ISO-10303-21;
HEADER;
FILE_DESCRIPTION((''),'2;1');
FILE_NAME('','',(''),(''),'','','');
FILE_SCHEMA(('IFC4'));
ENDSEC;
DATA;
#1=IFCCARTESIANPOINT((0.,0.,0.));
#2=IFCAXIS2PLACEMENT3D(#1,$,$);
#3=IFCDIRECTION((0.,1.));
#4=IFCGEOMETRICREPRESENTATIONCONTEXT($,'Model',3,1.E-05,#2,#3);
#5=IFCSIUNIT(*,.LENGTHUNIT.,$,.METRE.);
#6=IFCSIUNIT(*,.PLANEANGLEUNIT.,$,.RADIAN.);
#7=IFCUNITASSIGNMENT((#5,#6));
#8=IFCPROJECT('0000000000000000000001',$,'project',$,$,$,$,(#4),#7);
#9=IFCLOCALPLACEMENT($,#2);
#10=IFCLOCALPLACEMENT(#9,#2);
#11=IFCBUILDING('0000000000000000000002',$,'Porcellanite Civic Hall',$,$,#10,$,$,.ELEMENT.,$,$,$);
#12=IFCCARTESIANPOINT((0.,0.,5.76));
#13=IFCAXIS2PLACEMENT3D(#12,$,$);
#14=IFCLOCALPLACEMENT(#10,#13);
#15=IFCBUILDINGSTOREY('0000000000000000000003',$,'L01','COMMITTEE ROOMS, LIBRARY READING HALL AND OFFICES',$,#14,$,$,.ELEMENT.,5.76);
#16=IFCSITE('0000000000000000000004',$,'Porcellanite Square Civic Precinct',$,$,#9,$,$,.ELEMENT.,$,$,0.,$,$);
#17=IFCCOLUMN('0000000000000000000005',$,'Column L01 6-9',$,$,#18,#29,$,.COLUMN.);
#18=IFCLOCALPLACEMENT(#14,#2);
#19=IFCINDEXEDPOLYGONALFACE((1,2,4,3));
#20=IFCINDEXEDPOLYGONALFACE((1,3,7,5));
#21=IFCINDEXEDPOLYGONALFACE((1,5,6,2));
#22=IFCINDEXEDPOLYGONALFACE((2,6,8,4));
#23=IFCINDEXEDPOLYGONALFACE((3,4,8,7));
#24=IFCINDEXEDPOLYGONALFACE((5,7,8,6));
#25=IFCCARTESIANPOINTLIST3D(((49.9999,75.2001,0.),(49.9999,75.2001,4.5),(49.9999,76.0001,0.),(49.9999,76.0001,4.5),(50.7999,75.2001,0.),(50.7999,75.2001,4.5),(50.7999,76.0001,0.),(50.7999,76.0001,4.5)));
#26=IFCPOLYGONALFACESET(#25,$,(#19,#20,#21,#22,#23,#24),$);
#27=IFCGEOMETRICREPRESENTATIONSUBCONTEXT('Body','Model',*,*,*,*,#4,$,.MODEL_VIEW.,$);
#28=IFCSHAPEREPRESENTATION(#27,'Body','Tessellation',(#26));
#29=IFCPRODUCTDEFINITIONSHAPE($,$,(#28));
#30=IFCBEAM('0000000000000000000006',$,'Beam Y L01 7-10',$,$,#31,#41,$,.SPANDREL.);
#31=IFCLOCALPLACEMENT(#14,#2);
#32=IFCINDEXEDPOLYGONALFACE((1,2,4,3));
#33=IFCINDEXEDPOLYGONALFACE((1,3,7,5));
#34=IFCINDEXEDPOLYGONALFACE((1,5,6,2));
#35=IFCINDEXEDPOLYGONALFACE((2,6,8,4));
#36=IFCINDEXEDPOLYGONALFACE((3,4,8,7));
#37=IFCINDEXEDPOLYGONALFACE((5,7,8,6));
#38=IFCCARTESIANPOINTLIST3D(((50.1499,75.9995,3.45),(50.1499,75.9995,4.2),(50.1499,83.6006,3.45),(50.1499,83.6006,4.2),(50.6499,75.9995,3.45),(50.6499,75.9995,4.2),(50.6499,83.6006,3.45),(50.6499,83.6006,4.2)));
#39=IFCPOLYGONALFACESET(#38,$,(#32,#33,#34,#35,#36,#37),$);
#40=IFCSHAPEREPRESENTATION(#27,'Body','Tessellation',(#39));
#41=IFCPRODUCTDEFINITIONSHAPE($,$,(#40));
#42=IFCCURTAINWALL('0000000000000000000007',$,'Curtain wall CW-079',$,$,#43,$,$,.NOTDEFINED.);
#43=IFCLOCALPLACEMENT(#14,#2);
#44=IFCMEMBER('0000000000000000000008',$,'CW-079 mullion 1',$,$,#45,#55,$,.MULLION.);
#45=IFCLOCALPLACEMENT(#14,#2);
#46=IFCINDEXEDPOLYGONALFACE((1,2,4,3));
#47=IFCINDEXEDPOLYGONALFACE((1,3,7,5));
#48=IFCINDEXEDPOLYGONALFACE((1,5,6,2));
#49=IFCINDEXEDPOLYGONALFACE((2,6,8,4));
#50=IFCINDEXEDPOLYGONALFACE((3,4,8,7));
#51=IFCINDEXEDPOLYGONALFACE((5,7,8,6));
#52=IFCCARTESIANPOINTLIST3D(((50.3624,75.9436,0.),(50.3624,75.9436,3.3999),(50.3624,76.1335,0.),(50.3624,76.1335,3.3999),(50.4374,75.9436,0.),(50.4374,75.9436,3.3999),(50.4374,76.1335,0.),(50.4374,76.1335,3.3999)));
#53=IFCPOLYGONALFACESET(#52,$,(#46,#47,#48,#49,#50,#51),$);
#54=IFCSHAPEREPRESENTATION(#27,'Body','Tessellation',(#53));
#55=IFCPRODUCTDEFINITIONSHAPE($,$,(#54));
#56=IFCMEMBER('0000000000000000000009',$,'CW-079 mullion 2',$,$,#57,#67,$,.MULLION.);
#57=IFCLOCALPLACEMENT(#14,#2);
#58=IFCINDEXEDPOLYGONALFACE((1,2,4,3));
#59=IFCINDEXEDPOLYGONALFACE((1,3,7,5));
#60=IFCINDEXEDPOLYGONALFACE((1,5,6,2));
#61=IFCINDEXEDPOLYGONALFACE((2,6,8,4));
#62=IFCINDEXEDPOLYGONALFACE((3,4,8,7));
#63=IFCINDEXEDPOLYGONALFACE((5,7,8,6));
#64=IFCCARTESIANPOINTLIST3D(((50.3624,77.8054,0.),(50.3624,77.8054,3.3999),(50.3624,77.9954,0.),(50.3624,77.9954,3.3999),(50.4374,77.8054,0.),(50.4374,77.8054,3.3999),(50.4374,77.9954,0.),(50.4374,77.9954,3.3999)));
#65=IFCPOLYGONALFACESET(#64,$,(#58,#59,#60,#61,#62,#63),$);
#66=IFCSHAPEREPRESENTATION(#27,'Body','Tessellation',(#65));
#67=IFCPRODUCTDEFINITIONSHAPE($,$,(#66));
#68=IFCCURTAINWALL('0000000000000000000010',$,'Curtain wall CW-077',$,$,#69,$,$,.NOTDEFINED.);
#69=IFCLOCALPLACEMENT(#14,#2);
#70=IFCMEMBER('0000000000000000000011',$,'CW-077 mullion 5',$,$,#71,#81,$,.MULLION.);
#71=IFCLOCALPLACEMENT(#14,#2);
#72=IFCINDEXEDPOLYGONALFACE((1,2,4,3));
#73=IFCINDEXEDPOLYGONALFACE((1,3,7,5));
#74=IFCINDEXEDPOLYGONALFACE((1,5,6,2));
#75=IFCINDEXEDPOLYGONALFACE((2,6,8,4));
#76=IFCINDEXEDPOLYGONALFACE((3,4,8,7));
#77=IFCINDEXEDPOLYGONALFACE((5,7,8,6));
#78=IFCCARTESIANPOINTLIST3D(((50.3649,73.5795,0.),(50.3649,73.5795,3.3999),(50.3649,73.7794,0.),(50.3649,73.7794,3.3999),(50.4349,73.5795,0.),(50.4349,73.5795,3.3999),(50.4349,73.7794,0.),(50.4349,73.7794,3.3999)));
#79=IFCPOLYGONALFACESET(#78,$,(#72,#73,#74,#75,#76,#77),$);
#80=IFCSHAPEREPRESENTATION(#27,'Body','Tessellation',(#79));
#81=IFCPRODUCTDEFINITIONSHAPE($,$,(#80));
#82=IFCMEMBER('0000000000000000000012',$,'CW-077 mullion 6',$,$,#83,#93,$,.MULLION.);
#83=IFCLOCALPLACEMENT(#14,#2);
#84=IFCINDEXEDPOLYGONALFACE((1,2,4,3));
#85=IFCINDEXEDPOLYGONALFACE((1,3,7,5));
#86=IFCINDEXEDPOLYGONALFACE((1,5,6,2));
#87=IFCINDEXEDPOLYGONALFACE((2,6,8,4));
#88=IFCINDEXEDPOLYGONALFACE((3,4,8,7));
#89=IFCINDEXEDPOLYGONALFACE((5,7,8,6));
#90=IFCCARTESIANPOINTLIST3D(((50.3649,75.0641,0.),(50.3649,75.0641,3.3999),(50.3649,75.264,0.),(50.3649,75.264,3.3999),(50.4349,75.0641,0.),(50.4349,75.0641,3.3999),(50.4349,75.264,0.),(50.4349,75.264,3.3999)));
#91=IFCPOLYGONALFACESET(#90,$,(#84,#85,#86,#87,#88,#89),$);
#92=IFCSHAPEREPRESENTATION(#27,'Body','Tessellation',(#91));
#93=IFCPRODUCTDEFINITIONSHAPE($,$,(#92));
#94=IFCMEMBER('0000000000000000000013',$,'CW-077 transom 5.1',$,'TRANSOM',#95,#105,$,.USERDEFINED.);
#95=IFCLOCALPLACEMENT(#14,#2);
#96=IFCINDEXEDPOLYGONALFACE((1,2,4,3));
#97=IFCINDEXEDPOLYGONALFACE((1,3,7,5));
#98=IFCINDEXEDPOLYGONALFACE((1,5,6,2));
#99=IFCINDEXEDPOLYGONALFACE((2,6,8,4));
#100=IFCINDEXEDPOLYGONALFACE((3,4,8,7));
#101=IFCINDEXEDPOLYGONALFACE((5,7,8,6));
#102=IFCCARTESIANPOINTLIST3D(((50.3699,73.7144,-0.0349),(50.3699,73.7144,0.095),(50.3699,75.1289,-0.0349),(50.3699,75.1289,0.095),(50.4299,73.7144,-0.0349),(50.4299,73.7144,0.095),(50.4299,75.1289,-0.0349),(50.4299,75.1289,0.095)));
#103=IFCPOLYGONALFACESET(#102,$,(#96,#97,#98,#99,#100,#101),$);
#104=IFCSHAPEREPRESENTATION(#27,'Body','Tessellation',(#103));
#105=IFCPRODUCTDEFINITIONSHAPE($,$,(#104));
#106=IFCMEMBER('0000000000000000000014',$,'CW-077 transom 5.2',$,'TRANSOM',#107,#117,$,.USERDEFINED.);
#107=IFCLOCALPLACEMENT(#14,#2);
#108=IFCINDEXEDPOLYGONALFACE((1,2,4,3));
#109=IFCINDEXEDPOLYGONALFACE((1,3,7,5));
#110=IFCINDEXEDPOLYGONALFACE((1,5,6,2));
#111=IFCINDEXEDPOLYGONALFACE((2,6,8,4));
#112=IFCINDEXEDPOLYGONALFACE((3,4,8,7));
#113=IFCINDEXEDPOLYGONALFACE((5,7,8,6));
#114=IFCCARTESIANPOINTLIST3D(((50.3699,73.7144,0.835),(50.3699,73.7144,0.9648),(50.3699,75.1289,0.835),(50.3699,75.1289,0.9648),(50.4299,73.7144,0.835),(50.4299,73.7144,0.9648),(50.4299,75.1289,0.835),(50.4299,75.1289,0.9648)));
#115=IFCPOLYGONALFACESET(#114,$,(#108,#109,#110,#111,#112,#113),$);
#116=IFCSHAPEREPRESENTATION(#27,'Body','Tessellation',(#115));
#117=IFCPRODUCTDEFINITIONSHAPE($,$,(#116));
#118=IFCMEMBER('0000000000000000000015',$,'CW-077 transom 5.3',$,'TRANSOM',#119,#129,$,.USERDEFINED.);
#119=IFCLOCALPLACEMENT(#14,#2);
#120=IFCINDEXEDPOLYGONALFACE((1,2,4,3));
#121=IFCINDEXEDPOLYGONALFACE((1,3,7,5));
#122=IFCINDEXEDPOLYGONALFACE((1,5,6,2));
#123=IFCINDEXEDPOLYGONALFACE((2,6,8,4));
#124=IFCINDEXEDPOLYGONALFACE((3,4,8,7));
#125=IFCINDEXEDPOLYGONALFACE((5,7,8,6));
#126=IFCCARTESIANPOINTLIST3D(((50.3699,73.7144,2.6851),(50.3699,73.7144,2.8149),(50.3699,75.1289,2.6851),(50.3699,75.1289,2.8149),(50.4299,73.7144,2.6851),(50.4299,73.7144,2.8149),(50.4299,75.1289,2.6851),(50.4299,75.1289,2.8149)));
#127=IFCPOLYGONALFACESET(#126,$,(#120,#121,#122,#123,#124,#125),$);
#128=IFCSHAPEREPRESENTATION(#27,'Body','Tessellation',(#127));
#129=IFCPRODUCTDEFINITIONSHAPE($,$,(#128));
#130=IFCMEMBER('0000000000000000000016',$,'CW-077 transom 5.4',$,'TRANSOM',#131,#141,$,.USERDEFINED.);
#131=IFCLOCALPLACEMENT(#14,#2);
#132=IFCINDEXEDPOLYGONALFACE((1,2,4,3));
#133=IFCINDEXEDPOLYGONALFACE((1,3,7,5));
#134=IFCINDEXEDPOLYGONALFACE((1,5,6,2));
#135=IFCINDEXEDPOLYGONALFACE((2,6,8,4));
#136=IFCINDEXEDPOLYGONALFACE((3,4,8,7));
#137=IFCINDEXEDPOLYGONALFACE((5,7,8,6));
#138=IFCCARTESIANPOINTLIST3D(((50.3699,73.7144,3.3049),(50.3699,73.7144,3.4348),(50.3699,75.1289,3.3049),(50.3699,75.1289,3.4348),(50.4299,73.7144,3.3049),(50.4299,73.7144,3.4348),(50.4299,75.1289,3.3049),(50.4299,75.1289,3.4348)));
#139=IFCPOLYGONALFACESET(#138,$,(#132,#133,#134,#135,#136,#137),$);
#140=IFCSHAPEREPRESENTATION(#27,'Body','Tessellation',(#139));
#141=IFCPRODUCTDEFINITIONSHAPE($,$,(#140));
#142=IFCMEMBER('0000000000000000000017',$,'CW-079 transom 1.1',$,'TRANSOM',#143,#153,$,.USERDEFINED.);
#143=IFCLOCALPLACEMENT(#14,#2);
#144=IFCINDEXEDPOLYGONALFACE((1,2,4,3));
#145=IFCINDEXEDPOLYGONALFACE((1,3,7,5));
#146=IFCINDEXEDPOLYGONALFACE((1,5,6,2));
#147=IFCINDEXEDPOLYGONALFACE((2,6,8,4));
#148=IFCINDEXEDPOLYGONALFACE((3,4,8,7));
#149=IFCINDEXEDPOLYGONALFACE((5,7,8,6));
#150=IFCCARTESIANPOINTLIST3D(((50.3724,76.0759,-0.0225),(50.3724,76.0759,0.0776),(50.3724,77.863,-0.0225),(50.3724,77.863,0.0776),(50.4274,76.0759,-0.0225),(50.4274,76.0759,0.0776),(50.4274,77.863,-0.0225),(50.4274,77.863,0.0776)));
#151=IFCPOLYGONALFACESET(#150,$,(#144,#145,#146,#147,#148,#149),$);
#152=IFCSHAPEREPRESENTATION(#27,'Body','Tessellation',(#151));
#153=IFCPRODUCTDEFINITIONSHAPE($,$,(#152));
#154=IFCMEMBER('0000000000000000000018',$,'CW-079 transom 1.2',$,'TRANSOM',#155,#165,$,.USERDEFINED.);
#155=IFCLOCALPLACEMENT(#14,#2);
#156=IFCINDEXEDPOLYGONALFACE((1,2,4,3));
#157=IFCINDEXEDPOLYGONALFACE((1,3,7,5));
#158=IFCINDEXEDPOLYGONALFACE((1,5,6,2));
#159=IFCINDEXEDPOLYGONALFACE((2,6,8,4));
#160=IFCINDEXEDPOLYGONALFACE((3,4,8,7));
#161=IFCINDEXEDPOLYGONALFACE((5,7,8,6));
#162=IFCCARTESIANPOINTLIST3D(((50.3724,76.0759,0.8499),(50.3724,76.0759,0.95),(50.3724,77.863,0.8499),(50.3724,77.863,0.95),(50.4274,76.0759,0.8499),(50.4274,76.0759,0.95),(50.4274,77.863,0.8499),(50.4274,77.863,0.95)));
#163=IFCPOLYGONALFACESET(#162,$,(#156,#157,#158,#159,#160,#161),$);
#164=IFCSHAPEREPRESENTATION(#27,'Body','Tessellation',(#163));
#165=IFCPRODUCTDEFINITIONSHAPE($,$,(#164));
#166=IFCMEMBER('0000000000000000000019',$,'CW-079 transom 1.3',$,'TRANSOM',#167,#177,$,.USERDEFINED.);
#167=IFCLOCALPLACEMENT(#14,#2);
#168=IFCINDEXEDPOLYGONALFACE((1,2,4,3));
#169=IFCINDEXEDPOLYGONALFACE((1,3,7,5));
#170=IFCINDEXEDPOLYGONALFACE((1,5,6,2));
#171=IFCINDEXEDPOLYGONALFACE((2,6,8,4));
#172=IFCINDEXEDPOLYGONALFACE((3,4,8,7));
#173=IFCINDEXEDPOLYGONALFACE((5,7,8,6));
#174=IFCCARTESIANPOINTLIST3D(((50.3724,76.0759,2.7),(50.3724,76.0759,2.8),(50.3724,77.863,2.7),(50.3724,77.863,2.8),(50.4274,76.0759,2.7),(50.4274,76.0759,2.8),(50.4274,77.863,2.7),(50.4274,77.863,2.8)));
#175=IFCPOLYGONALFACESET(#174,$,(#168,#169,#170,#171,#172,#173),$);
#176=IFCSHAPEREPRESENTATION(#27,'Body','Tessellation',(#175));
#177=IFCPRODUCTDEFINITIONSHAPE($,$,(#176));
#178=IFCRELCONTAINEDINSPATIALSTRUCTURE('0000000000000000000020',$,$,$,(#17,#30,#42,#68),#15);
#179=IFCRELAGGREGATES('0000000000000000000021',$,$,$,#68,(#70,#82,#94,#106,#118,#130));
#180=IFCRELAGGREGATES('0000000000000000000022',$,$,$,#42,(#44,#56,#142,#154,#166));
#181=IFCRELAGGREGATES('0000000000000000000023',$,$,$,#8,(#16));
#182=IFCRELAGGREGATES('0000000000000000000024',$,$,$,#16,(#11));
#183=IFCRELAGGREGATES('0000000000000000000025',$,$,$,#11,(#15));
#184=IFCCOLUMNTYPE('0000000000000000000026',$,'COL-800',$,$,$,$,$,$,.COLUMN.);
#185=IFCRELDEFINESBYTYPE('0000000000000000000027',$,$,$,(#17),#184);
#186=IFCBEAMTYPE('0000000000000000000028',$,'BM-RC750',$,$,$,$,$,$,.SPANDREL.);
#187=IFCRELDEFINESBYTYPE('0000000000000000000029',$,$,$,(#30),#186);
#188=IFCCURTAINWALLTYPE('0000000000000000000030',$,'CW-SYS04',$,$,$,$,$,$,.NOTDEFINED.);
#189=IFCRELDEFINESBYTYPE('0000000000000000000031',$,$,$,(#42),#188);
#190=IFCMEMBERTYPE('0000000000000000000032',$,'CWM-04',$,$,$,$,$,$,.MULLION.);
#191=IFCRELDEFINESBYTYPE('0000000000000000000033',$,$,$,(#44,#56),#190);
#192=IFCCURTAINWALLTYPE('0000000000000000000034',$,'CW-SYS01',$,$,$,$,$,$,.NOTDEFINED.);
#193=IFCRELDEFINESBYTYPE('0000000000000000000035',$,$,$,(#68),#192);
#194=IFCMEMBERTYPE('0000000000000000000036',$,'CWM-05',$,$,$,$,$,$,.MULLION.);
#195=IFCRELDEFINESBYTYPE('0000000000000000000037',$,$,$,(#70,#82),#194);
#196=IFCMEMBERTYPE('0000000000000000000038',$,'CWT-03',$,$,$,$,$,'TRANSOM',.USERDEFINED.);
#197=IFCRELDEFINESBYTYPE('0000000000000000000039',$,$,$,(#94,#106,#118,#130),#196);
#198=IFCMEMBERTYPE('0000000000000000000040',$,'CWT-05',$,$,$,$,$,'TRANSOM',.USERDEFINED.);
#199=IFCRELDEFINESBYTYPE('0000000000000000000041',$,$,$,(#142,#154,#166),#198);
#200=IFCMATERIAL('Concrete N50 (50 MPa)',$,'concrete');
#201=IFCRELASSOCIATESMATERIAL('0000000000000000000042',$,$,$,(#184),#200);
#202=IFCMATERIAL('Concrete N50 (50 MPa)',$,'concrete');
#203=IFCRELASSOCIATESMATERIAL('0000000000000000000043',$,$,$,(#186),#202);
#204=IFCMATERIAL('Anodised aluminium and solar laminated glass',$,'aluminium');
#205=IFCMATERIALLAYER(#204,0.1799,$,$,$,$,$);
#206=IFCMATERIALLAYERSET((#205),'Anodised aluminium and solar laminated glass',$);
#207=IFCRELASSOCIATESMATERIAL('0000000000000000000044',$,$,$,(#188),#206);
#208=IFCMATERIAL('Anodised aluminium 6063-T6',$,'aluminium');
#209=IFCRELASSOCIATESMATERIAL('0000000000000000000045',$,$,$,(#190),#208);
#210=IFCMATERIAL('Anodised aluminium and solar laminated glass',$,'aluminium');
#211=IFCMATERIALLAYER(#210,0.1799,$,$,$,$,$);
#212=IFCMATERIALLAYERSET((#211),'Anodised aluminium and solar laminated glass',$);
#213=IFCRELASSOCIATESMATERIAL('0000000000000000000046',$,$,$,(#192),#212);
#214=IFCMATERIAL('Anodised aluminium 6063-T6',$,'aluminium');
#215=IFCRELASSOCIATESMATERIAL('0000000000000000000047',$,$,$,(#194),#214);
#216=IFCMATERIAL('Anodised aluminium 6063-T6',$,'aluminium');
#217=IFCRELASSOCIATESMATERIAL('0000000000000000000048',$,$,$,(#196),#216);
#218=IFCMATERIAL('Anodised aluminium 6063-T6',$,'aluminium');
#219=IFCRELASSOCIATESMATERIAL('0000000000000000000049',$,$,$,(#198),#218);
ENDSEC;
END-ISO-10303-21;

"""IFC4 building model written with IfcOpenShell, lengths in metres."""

from ifc_helpers import new_model, si_unit, direction, frame, origin, origin_2d, place, context, subcontext, project, spatial, rectangle, extrude, material, layer, layer_set, material_profile, profile_set, type_object, element, aggregate, save


model = new_model("IFC4")

# Units and contexts
model_context = context("Model", 3, precision=1e-05, world=origin(), true_north=direction((0.0, 1.0)))
body_context = subcontext(model_context, "Body", "Model", "MODEL_VIEW")
ifc_project = project(units=[si_unit("LENGTHUNIT", "METRE"), si_unit("PLANEANGLEUNIT", "RADIAN")], contexts=[model_context])

# Site, building, storey
site_placement = place(None, origin())
site = spatial("IfcSite", under=ifc_project, at=site_placement, Name="Porcellanite Square Civic Precinct", CompositionType="ELEMENT", RefElevation=0.0)
building_placement = place(site_placement, origin())
building = spatial("IfcBuilding", under=site, at=building_placement, Name="Porcellanite Civic Hall", CompositionType="ELEMENT")
storey_placement = place(building_placement, frame((0.0, 0.0, 5.76)))
storey = spatial("IfcBuildingStorey", under=building, at=storey_placement, Name="L01", Description="COMMITTEE ROOMS, LIBRARY READING HALL AND OFFICES", CompositionType="ELEMENT", Elevation=5.76)

# Column
ifc_material_1 = material(Name="Concrete N50 (50 MPa)", Category="concrete")
ifc_material_profile_1 = material_profile(ifc_material_1, rectangle(XDim=0.8, YDim=0.8, at=origin_2d()), Name="RC-800x800")
ifc_profile_set_1 = profile_set([ifc_material_profile_1], Name="Concrete N50 (50 MPa)")
column_type = type_object("IfcColumnType", Name="COL-800", PredefinedType="COLUMN", material=ifc_profile_set_1)
column_placement = place(storey_placement, frame((50.3999, 75.6001, 0.0), z_axis=(0.0, 0.0, 1.0), x_axis=(1.0, 0.0, 0.0)))
element("IfcColumn", 1, at=column_placement, inside=storey, type_object=column_type, Name="Column L01 6-9", PredefinedType="COLUMN", context=body_context, shape_type="SweptSolid", body=[
    extrude(rectangle(XDim=0.8, YDim=0.8, at=origin_2d()), origin(), (0.0, 0.0, 1.0), 4.5),
])

# Beam
ifc_material_2 = material(Name="Concrete N50 (50 MPa)", Category="concrete")
ifc_material_profile_2 = material_profile(ifc_material_2, rectangle(XDim=0.5, YDim=0.75, at=origin_2d()), Name="RC-500x750")
ifc_profile_set_2 = profile_set([ifc_material_profile_2], Name="Concrete N50 (50 MPa)")
beam_type = type_object("IfcBeamType", Name="BM-RC750", PredefinedType="SPANDREL", material=ifc_profile_set_2)
beam_placement = place(storey_placement, frame((50.3999, 75.9995, 3.825), z_axis=(0.0, 1.0, 0.0), x_axis=(-1.0, 0.0, 0.0)))
element("IfcBeam", 2, at=beam_placement, inside=storey, type_object=beam_type, Name="Beam Y L01 7-10", PredefinedType="SPANDREL", context=body_context, shape_type="SweptSolid", body=[
    extrude(rectangle(XDim=0.5, YDim=0.75, at=origin_2d()), origin(), (0.0, 0.0, 1.0), 7.6011),
])

# Curtain walls, members
ifc_material_3 = material(Name="Anodised aluminium and solar laminated glass", Category="aluminium")
ifc_layer_1 = layer(ifc_material_3, 0.1799)
ifc_layer_set_1 = layer_set([ifc_layer_1], Name="Anodised aluminium and solar laminated glass")
curtain_wall_type_1 = type_object("IfcCurtainWallType", Name="CW-SYS04", PredefinedType="NOTDEFINED", material=ifc_layer_set_1)
curtain_wall_1_placement = place(storey_placement, origin())
curtain_wall_1 = element("IfcCurtainWall", 3, at=curtain_wall_1_placement, inside=storey, type_object=curtain_wall_type_1, Name="Curtain wall CW-079", PredefinedType="NOTDEFINED")
ifc_material_4 = material(Name="Anodised aluminium 6063-T6", Category="aluminium")
ifc_material_profile_3 = material_profile(ifc_material_4, rectangle(XDim=0.075, YDim=0.1899, at=origin_2d()), Name="AL-75x190")
ifc_profile_set_3 = profile_set([ifc_material_profile_3], Name="Anodised aluminium 6063-T6")
member_type_1 = type_object("IfcMemberType", Name="CWM-04", PredefinedType="MULLION", material=ifc_profile_set_3)
member_1_placement = place(storey_placement, frame((50.3999, 76.0386, 0.0), z_axis=(0.0, 0.0, 1.0), x_axis=(-1.0, 0.0, 0.0)))
member_1 = element("IfcMember", 4, at=member_1_placement, type_object=member_type_1, Name="CW-079 mullion 1", PredefinedType="MULLION", context=body_context, shape_type="SweptSolid", body=[
    extrude(rectangle(XDim=0.075, YDim=0.1899, at=origin_2d()), origin(), (0.0, 0.0, 1.0), 3.3999),
])
member_2_placement = place(storey_placement, frame((50.3999, 77.9004, 0.0), z_axis=(0.0, 0.0, 1.0), x_axis=(-1.0, 0.0, 0.0)))
member_2 = element("IfcMember", 5, at=member_2_placement, type_object=member_type_1, Name="CW-079 mullion 2", PredefinedType="MULLION", context=body_context, shape_type="SweptSolid", body=[
    extrude(rectangle(XDim=0.075, YDim=0.1899, at=origin_2d()), origin(), (0.0, 0.0, 1.0), 3.3999),
])
ifc_material_5 = material(Name="Anodised aluminium and solar laminated glass", Category="aluminium")
ifc_layer_2 = layer(ifc_material_5, 0.1799)
ifc_layer_set_2 = layer_set([ifc_layer_2], Name="Anodised aluminium and solar laminated glass")
curtain_wall_type_2 = type_object("IfcCurtainWallType", Name="CW-SYS01", PredefinedType="NOTDEFINED", material=ifc_layer_set_2)
curtain_wall_2_placement = place(storey_placement, origin())
curtain_wall_2 = element("IfcCurtainWall", 6, at=curtain_wall_2_placement, inside=storey, type_object=curtain_wall_type_2, Name="Curtain wall CW-077", PredefinedType="NOTDEFINED")
ifc_material_6 = material(Name="Anodised aluminium 6063-T6", Category="aluminium")
ifc_material_profile_4 = material_profile(ifc_material_6, rectangle(XDim=0.0701, YDim=0.2, at=origin_2d()), Name="AL-70x200")
ifc_profile_set_4 = profile_set([ifc_material_profile_4], Name="Anodised aluminium 6063-T6")
member_type_2 = type_object("IfcMemberType", Name="CWM-05", PredefinedType="MULLION", material=ifc_profile_set_4)
member_3_placement = place(storey_placement, frame((50.3999, 73.6794, 0.0), z_axis=(0.0, 0.0, 1.0), x_axis=(-1.0, 0.0, 0.0)))
member_3 = element("IfcMember", 7, at=member_3_placement, type_object=member_type_2, Name="CW-077 mullion 5", PredefinedType="MULLION", context=body_context, shape_type="SweptSolid", body=[
    extrude(rectangle(XDim=0.0701, YDim=0.2, at=origin_2d()), origin(), (0.0, 0.0, 1.0), 3.3999),
])
member_4_placement = place(storey_placement, frame((50.3999, 75.1641, 0.0), z_axis=(0.0, 0.0, 1.0), x_axis=(-1.0, 0.0, 0.0)))
member_4 = element("IfcMember", 8, at=member_4_placement, type_object=member_type_2, Name="CW-077 mullion 6", PredefinedType="MULLION", context=body_context, shape_type="SweptSolid", body=[
    extrude(rectangle(XDim=0.0701, YDim=0.2, at=origin_2d()), origin(), (0.0, 0.0, 1.0), 3.3999),
])
ifc_material_7 = material(Name="Anodised aluminium 6063-T6", Category="aluminium")
ifc_material_profile_5 = material_profile(ifc_material_7, rectangle(XDim=0.0601, YDim=0.1299, at=origin_2d()), Name="AL-60x130")
ifc_profile_set_5 = profile_set([ifc_material_profile_5], Name="Anodised aluminium 6063-T6")
member_type_3 = type_object("IfcMemberType", Name="CWT-03", ElementType="TRANSOM", PredefinedType="USERDEFINED", material=ifc_profile_set_5)
member_5_placement = place(storey_placement, frame((50.3999, 73.7144, 0.03), z_axis=(0.0, 1.0, 0.0), x_axis=(-1.0, 0.0, 0.0)))
member_5 = element("IfcMember", 9, at=member_5_placement, type_object=member_type_3, Name="CW-077 transom 5.1", ObjectType="TRANSOM", PredefinedType="USERDEFINED", context=body_context, shape_type="SweptSolid", body=[
    extrude(rectangle(XDim=0.0601, YDim=0.1299, at=origin_2d()), origin(), (0.0, 0.0, 1.0), 1.4146),
])
member_6_placement = place(storey_placement, frame((50.3999, 73.7144, 0.8999), z_axis=(0.0, 1.0, 0.0), x_axis=(-1.0, 0.0, 0.0)))
member_6 = element("IfcMember", 10, at=member_6_placement, type_object=member_type_3, Name="CW-077 transom 5.2", ObjectType="TRANSOM", PredefinedType="USERDEFINED", context=body_context, shape_type="SweptSolid", body=[
    extrude(rectangle(XDim=0.0601, YDim=0.1299, at=origin_2d()), origin(), (0.0, 0.0, 1.0), 1.4146),
])
member_7_placement = place(storey_placement, frame((50.3999, 73.7144, 2.75), z_axis=(0.0, 1.0, 0.0), x_axis=(-1.0, 0.0, 0.0)))
member_7 = element("IfcMember", 11, at=member_7_placement, type_object=member_type_3, Name="CW-077 transom 5.3", ObjectType="TRANSOM", PredefinedType="USERDEFINED", context=body_context, shape_type="SweptSolid", body=[
    extrude(rectangle(XDim=0.0601, YDim=0.1299, at=origin_2d()), origin(), (0.0, 0.0, 1.0), 1.4146),
])
member_8_placement = place(storey_placement, frame((50.3999, 73.7144, 3.3699), z_axis=(0.0, 1.0, 0.0), x_axis=(-1.0, 0.0, 0.0)))
member_8 = element("IfcMember", 12, at=member_8_placement, type_object=member_type_3, Name="CW-077 transom 5.4", ObjectType="TRANSOM", PredefinedType="USERDEFINED", context=body_context, shape_type="SweptSolid", body=[
    extrude(rectangle(XDim=0.0601, YDim=0.1299, at=origin_2d()), origin(), (0.0, 0.0, 1.0), 1.4146),
])

# Members
ifc_material_8 = material(Name="Anodised aluminium 6063-T6", Category="aluminium")
ifc_material_profile_6 = material_profile(ifc_material_8, rectangle(XDim=0.0549, YDim=0.1001, at=origin_2d()), Name="AL-55x100")
ifc_profile_set_6 = profile_set([ifc_material_profile_6], Name="Anodised aluminium 6063-T6")
member_type_4 = type_object("IfcMemberType", Name="CWT-05", ElementType="TRANSOM", PredefinedType="USERDEFINED", material=ifc_profile_set_6)
member_9_placement = place(storey_placement, frame((50.3999, 76.0759, 0.0276), z_axis=(0.0, 1.0, 0.0), x_axis=(-1.0, 0.0, 0.0)))
member_9 = element("IfcMember", 13, at=member_9_placement, type_object=member_type_4, Name="CW-079 transom 1.1", ObjectType="TRANSOM", PredefinedType="USERDEFINED", context=body_context, shape_type="SweptSolid", body=[
    extrude(rectangle(XDim=0.0549, YDim=0.1001, at=origin_2d()), origin(), (0.0, 0.0, 1.0), 1.7871),
])
member_10_placement = place(storey_placement, frame((50.3999, 76.0759, 0.8999), z_axis=(0.0, 1.0, 0.0), x_axis=(-1.0, 0.0, 0.0)))
member_10 = element("IfcMember", 14, at=member_10_placement, type_object=member_type_4, Name="CW-079 transom 1.2", ObjectType="TRANSOM", PredefinedType="USERDEFINED", context=body_context, shape_type="SweptSolid", body=[
    extrude(rectangle(XDim=0.0549, YDim=0.1001, at=origin_2d()), origin(), (0.0, 0.0, 1.0), 1.7871),
])
member_11_placement = place(storey_placement, frame((50.3999, 76.0759, 2.75), z_axis=(0.0, 1.0, 0.0), x_axis=(-1.0, 0.0, 0.0)))
member_11 = element("IfcMember", 15, at=member_11_placement, type_object=member_type_4, Name="CW-079 transom 1.3", ObjectType="TRANSOM", PredefinedType="USERDEFINED", context=body_context, shape_type="SweptSolid", body=[
    extrude(rectangle(XDim=0.0549, YDim=0.1001, at=origin_2d()), origin(), (0.0, 0.0, 1.0), 1.7871),
])

aggregate(curtain_wall_2, [member_3, member_4, member_5, member_6, member_7, member_8])
aggregate(curtain_wall_1, [member_1, member_2, member_9, member_10, member_11])

save(model, "model.ifc")
